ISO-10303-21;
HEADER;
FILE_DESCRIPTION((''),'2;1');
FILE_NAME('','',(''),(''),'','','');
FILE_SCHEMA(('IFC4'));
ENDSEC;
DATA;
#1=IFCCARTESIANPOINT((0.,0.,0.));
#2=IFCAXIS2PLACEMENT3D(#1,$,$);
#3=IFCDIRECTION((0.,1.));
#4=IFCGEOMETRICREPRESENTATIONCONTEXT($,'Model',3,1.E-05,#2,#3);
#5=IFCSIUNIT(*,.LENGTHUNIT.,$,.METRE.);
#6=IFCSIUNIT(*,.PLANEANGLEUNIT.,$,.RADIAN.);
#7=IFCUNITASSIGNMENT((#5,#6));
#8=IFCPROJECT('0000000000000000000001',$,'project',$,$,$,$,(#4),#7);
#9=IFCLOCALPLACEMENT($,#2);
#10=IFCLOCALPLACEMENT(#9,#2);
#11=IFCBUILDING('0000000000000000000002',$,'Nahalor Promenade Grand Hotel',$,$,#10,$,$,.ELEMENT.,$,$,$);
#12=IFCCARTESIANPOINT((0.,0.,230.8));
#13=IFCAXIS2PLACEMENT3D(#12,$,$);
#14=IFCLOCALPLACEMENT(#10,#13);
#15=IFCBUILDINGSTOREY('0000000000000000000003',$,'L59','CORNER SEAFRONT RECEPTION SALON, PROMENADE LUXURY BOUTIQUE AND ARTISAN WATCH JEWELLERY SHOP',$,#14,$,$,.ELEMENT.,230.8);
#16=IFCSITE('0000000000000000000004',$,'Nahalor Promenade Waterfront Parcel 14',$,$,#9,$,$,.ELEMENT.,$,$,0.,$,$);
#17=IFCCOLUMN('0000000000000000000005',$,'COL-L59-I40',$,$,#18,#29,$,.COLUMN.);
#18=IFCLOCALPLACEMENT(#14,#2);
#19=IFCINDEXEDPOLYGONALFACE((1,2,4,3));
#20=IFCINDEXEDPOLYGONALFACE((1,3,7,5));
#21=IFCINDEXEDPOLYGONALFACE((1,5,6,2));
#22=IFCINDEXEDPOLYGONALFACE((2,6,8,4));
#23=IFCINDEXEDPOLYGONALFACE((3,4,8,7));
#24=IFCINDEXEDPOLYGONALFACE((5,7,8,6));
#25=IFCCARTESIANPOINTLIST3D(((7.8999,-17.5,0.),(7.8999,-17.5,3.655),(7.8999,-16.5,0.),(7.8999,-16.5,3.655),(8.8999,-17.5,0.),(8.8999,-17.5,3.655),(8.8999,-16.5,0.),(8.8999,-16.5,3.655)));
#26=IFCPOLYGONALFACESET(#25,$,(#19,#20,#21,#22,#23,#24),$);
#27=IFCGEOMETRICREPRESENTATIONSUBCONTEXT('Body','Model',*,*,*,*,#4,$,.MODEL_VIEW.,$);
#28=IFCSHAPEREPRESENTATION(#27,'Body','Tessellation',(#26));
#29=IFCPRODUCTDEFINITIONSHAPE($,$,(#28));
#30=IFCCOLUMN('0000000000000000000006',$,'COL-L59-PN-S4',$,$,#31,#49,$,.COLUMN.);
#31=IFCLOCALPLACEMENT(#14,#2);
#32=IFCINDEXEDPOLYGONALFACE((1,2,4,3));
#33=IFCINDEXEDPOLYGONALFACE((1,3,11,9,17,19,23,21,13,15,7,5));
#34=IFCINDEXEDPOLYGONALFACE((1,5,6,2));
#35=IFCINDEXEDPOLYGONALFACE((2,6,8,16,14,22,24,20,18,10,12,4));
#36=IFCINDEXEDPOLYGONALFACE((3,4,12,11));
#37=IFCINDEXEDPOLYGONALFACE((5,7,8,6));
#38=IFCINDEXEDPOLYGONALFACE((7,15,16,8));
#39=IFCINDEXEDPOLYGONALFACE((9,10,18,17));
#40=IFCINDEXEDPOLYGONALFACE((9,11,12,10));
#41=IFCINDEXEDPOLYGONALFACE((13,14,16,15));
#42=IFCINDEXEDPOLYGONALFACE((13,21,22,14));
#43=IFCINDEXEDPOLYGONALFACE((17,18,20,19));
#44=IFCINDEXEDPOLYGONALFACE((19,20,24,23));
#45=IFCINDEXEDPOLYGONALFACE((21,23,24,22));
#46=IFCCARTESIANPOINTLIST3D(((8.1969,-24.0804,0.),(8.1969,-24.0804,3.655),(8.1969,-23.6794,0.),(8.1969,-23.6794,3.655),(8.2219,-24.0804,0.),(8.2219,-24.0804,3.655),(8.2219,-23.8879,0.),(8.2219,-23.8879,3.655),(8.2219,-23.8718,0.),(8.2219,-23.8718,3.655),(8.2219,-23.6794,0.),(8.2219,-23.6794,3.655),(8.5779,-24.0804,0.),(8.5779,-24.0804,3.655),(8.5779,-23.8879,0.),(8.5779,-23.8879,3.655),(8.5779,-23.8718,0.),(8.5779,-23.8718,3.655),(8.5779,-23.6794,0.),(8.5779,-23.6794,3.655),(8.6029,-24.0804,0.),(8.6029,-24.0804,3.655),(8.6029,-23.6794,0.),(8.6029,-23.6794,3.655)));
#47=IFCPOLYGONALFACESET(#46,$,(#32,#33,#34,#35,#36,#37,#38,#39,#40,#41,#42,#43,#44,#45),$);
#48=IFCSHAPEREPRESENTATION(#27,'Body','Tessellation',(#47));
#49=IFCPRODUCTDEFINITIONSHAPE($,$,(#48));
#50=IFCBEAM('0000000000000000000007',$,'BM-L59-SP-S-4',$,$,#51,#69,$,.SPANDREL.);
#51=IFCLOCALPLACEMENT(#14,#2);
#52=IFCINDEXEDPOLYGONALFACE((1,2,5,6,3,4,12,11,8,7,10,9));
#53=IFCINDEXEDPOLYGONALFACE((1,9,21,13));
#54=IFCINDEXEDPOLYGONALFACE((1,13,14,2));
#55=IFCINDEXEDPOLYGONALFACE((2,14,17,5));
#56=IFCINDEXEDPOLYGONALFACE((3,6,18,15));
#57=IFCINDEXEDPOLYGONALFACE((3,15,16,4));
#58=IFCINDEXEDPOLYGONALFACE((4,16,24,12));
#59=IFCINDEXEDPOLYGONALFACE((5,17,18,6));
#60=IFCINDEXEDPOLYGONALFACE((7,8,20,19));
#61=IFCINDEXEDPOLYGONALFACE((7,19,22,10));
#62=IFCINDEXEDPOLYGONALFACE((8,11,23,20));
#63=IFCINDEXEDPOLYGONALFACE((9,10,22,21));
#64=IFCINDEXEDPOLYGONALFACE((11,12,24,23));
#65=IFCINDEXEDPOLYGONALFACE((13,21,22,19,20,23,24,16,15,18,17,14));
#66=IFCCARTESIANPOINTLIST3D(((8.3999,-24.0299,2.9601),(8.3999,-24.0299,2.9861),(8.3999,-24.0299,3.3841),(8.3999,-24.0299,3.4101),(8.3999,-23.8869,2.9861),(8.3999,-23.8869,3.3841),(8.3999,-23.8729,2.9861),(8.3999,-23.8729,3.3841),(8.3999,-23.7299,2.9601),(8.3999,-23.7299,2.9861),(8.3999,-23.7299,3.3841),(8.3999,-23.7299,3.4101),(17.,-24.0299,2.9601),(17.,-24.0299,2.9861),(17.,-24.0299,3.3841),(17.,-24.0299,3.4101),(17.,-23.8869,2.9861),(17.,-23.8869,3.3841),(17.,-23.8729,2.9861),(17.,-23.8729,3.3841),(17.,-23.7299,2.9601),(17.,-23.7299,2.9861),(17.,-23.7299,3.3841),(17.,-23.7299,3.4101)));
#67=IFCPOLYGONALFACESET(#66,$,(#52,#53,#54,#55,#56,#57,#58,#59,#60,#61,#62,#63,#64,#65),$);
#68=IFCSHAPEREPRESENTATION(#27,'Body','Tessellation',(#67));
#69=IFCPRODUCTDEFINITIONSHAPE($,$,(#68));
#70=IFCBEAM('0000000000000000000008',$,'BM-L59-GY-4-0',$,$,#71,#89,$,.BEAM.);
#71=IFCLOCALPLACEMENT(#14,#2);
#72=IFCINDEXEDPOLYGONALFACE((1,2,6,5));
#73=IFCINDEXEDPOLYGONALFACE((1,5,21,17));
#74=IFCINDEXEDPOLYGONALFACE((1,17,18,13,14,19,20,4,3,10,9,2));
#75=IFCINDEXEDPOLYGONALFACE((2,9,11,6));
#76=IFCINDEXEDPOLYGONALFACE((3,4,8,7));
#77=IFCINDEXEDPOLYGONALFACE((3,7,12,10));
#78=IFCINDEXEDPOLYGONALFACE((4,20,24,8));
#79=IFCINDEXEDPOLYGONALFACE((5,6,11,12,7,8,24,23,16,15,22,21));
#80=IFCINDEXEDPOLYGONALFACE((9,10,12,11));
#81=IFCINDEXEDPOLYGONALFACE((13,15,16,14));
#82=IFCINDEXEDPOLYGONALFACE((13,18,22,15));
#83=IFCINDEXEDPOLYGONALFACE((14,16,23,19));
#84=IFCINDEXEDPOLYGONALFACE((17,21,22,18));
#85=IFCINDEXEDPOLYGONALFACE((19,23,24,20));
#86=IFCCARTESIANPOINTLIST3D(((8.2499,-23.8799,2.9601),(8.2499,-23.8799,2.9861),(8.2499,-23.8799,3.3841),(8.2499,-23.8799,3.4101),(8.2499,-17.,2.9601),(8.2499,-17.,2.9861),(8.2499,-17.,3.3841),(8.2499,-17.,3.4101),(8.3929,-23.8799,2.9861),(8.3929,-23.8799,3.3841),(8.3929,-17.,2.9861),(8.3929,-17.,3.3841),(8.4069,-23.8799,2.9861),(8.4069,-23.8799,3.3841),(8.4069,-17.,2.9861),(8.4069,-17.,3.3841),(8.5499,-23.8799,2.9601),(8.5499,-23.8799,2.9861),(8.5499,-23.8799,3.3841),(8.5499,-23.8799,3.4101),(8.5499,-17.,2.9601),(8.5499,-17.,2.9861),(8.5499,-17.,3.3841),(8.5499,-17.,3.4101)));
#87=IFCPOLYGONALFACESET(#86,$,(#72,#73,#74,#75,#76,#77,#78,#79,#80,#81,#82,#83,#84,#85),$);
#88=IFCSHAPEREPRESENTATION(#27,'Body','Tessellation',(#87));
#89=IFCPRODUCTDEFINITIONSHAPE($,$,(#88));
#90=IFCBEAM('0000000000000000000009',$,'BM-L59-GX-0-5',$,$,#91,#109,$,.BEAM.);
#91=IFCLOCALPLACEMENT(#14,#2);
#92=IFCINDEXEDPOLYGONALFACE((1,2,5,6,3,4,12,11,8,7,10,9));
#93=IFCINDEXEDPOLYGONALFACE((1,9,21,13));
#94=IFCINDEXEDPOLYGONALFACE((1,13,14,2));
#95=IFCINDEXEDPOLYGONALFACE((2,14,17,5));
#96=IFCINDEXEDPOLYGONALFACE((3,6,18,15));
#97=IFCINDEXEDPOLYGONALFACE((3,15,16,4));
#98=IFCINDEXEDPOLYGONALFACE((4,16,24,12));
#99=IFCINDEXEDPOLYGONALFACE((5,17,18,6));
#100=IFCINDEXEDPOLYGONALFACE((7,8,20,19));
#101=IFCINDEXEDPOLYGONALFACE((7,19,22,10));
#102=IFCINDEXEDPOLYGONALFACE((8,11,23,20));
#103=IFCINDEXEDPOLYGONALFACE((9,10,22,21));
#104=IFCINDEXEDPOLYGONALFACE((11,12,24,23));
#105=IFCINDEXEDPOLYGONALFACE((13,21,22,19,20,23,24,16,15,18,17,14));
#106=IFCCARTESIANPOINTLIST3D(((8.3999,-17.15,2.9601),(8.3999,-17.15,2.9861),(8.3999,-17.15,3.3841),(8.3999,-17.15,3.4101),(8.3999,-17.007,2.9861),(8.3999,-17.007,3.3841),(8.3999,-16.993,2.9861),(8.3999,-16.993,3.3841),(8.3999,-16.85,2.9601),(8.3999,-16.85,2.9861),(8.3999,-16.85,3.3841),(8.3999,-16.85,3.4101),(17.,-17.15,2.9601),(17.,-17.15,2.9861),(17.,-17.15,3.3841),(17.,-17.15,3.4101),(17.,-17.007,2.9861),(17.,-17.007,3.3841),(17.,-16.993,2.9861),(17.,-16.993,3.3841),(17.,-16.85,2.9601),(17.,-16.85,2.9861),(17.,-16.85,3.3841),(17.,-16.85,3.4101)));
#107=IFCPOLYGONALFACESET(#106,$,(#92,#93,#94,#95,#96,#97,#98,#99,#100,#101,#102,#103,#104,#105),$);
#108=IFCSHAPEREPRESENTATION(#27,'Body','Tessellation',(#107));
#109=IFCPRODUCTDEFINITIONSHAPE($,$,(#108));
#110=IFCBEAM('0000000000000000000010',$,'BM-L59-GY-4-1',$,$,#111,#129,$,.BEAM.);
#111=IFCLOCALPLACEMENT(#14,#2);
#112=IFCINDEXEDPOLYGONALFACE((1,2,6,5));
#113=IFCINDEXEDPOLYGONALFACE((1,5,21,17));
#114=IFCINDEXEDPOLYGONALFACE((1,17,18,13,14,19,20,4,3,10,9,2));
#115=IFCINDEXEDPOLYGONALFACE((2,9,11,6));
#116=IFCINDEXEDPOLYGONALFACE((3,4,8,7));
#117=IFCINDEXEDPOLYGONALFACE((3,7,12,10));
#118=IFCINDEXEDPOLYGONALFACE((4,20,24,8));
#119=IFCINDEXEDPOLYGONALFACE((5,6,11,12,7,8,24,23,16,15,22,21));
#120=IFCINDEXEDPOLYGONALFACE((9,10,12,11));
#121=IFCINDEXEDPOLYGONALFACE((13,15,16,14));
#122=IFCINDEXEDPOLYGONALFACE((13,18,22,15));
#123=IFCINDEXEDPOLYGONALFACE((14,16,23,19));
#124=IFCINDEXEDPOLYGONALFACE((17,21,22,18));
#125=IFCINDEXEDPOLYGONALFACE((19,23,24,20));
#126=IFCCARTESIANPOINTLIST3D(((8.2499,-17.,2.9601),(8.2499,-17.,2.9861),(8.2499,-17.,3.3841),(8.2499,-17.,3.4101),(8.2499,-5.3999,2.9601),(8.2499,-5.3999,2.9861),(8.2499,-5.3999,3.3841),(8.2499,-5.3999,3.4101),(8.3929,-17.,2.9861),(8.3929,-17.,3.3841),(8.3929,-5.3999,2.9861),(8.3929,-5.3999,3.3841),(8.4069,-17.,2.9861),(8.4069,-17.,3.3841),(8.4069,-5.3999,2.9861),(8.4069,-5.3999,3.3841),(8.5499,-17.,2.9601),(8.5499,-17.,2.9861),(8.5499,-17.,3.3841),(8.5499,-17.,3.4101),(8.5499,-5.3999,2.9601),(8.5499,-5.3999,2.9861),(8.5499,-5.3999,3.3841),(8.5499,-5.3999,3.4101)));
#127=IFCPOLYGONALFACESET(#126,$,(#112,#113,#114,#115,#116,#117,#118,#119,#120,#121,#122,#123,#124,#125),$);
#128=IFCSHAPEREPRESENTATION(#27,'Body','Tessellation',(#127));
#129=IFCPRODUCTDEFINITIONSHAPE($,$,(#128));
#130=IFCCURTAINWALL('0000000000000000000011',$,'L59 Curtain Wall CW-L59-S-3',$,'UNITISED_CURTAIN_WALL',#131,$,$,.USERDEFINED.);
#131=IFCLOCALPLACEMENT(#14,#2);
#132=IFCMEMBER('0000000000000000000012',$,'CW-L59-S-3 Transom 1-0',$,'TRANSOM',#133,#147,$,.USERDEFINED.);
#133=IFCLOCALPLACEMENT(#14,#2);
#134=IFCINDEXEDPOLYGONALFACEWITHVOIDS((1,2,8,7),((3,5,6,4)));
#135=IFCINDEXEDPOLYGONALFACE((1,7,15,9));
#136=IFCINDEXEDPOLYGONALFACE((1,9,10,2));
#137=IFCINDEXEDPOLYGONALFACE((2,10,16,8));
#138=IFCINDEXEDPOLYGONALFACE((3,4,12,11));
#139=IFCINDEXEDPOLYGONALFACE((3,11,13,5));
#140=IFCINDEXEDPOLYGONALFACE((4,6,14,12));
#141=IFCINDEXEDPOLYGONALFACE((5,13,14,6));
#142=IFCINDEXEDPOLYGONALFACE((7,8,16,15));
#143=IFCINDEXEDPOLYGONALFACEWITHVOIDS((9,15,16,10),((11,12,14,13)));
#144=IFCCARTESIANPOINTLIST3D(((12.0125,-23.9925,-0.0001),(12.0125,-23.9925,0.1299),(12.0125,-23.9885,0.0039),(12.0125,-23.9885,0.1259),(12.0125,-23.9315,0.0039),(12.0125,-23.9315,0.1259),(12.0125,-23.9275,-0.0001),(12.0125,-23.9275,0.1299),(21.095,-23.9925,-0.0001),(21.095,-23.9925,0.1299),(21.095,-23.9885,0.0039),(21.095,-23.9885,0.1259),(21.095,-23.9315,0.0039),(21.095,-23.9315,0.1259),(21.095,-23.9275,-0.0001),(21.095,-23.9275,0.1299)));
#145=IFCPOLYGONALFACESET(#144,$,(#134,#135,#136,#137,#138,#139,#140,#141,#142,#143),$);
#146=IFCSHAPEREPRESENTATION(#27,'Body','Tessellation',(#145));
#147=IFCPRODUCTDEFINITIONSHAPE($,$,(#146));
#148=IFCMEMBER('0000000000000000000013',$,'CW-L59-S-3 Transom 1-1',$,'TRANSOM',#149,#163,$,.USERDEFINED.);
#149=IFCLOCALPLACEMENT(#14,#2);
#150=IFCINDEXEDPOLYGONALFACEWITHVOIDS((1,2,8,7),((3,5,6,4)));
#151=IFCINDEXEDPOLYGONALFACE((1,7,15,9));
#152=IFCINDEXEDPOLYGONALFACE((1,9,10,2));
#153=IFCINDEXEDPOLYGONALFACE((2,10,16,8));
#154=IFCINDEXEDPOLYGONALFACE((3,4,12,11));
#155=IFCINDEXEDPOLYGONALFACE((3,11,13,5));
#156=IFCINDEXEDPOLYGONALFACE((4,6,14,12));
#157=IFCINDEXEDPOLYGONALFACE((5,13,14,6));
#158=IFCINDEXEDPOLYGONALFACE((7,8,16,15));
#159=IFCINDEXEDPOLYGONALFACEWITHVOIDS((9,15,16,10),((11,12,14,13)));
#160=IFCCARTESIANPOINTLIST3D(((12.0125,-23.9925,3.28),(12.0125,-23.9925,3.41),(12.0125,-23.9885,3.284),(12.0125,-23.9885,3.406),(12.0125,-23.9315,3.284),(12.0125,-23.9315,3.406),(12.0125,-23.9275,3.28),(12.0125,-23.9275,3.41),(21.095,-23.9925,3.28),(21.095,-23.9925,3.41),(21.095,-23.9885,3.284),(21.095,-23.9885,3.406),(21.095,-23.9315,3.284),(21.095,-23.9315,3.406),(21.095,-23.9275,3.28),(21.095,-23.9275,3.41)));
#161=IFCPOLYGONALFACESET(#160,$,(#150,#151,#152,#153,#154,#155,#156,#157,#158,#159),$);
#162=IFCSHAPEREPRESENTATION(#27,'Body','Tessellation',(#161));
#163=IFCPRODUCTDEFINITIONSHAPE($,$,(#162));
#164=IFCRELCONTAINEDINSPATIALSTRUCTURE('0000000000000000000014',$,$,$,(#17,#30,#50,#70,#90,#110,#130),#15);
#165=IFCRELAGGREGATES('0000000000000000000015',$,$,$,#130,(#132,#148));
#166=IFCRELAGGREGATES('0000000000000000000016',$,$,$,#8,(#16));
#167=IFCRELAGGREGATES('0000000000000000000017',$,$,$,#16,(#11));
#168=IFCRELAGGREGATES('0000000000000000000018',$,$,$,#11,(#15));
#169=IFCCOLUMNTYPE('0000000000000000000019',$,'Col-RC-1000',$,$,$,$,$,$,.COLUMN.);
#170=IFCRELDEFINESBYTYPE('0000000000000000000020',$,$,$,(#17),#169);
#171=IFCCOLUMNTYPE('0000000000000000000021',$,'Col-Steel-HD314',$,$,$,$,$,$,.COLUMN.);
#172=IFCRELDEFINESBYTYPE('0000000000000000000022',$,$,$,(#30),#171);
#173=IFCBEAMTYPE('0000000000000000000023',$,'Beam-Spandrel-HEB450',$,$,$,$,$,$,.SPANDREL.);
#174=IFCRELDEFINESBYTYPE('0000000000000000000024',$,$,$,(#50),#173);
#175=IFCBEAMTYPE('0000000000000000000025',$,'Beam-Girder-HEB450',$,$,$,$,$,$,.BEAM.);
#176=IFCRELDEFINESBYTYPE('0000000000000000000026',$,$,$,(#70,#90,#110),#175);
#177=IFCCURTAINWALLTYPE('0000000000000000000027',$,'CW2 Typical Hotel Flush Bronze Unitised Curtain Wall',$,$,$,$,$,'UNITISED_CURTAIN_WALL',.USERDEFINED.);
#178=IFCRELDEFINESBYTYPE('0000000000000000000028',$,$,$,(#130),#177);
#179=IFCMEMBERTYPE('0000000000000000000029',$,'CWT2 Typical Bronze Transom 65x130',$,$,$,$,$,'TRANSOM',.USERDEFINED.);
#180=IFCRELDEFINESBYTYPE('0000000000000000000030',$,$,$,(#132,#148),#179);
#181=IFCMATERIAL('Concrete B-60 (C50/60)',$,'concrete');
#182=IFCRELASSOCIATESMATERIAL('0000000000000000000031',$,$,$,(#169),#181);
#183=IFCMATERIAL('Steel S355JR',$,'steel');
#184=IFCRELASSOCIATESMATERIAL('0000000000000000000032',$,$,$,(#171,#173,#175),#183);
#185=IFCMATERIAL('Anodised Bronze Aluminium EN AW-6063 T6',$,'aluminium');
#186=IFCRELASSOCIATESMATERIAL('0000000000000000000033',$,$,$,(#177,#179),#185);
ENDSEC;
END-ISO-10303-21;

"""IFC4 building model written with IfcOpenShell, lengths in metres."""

from ifc_helpers import new_model, si_unit, direction, frame, origin, origin_2d, place, context, subcontext, project, spatial, rectangle, hollow_rectangle, i_section, extrude, source, transform, mapped, material, material_profile, profile_set, type_object, element, aggregate, save


model = new_model("IFC4")

# Units and contexts
model_context = context("Model", 3, precision=1e-05, world=origin(), true_north=direction((0.0, 1.0)))
body_context = subcontext(model_context, "Body", "Model", "MODEL_VIEW")
ifc_project = project(units=[si_unit("LENGTHUNIT", "METRE"), si_unit("PLANEANGLEUNIT", "RADIAN")], contexts=[model_context])

# Site, building, storey
site_placement = place(None, origin())
site = spatial("IfcSite", under=ifc_project, at=site_placement, Name="Nahalor Promenade Waterfront Parcel 14", CompositionType="ELEMENT", RefElevation=0.0)
building_placement = place(site_placement, origin())
building = spatial("IfcBuilding", under=site, at=building_placement, Name="Nahalor Promenade Grand Hotel", CompositionType="ELEMENT")
storey_placement = place(building_placement, frame((0.0, 0.0, 230.8)))
storey = spatial("IfcBuildingStorey", under=building, at=storey_placement, Name="L59", Description="CORNER SEAFRONT RECEPTION SALON, PROMENADE LUXURY BOUTIQUE AND ARTISAN WATCH JEWELLERY SHOP", CompositionType="ELEMENT", Elevation=230.8)

# Columns
ifc_material_1 = material(Name="Concrete B-60 (C50/60)", Category="concrete")
ifc_material_profile_1 = material_profile(ifc_material_1, rectangle(XDim=1.0, YDim=1.0, at=origin_2d()), Name="RC 1000x1000")
ifc_profile_set_1 = profile_set([ifc_material_profile_1], Name="Concrete B-60 (C50/60)")
column_type_1 = type_object("IfcColumnType", Name="Col-RC-1000", PredefinedType="COLUMN", material=ifc_profile_set_1)
shared_shape_1 = source(origin(), body_context, "Body", "SweptSolid", [
    extrude(rectangle(XDim=1.0, YDim=1.0, at=origin_2d()), origin(), (0.0, 0.0, 1.0), 3.655),
])
column_1_placement = place(storey_placement, frame((8.3999, -17.0, 0.0), z_axis=(0.0, 0.0, 1.0), x_axis=(1.0, 0.0, 0.0)))
element("IfcColumn", 1, at=column_1_placement, inside=storey, type_object=column_type_1, Name="COL-L59-I40", PredefinedType="COLUMN", context=body_context, shape_type="MappedRepresentation", body=[
    mapped(shared_shape_1, transform((0.0, 0.0, 0.0), scale=1.0)),
])
ifc_material_2 = material(Name="Steel S355JR", Category="steel")
ifc_material_profile_2 = material_profile(ifc_material_2, i_section(OverallWidth=0.401, OverallDepth=0.406, WebThickness=0.0161, FlangeThickness=0.025, at=origin_2d()), Name="HD 400x314")
ifc_profile_set_2 = profile_set([ifc_material_profile_2], Name="Steel S355JR")
column_type_2 = type_object("IfcColumnType", Name="Col-Steel-HD314", PredefinedType="COLUMN", material=ifc_profile_set_2)
shared_shape_2 = source(origin(), body_context, "Body", "SweptSolid", [
    extrude(i_section(OverallWidth=0.401, OverallDepth=0.406, WebThickness=0.0161, FlangeThickness=0.025, at=origin_2d()), origin(), (0.0, 0.0, 1.0), 3.655),
])
column_2_placement = place(storey_placement, frame((8.3999, -23.8799, 0.0), z_axis=(0.0, 0.0, 1.0), x_axis=(0.0, 1.0, 0.0)))
element("IfcColumn", 2, at=column_2_placement, inside=storey, type_object=column_type_2, Name="COL-L59-PN-S4", PredefinedType="COLUMN", context=body_context, shape_type="MappedRepresentation", body=[
    mapped(shared_shape_2, transform((0.0, 0.0, 0.0), scale=1.0)),
])

# Beams
ifc_material_profile_3 = material_profile(ifc_material_2, i_section(OverallWidth=0.3, OverallDepth=0.45, WebThickness=0.014, FlangeThickness=0.026, at=origin_2d()), Name="HEB 450")
ifc_profile_set_3 = profile_set([ifc_material_profile_3], Name="Steel S355JR")
beam_type_1 = type_object("IfcBeamType", Name="Beam-Spandrel-HEB450", PredefinedType="SPANDREL", material=ifc_profile_set_3)
shared_shape_3 = source(origin(), body_context, "Body", "SweptSolid", [
    extrude(i_section(OverallWidth=0.3, OverallDepth=0.45, WebThickness=0.014, FlangeThickness=0.026, at=origin_2d()), origin(), (0.0, 0.0, 1.0), 8.6001),
])
beam_1_placement = place(storey_placement, frame((8.3999, -23.8799, 3.1851), z_axis=(1.0, 0.0, 0.0), x_axis=(0.0, 1.0, 0.0)))
element("IfcBeam", 3, at=beam_1_placement, inside=storey, type_object=beam_type_1, Name="BM-L59-SP-S-4", PredefinedType="SPANDREL", context=body_context, shape_type="MappedRepresentation", body=[
    mapped(shared_shape_3, transform((0.0, 0.0, 0.0), scale=1.0)),
])
ifc_material_profile_4 = material_profile(ifc_material_2, i_section(OverallWidth=0.3, OverallDepth=0.45, WebThickness=0.014, FlangeThickness=0.026, at=origin_2d()), Name="HEB 450")
ifc_profile_set_4 = profile_set([ifc_material_profile_4], Name="Steel S355JR")
beam_type_2 = type_object("IfcBeamType", Name="Beam-Girder-HEB450", PredefinedType="BEAM", material=ifc_profile_set_4)
shared_shape_4 = source(origin(), body_context, "Body", "SweptSolid", [
    extrude(i_section(OverallWidth=0.3, OverallDepth=0.45, WebThickness=0.014, FlangeThickness=0.026, at=origin_2d()), origin(), (0.0, 0.0, 1.0), 6.8799),
])
beam_2_placement = place(storey_placement, frame((8.3999, -23.8799, 3.1851), z_axis=(0.0, 1.0, 0.0), x_axis=(-1.0, 0.0, 0.0)))
element("IfcBeam", 4, at=beam_2_placement, inside=storey, type_object=beam_type_2, Name="BM-L59-GY-4-0", PredefinedType="BEAM", context=body_context, shape_type="MappedRepresentation", body=[
    mapped(shared_shape_4, transform((0.0, 0.0, 0.0), scale=1.0)),
])
shared_shape_5 = source(origin(), body_context, "Body", "SweptSolid", [
    extrude(i_section(OverallWidth=0.3, OverallDepth=0.45, WebThickness=0.014, FlangeThickness=0.026, at=origin_2d()), origin(), (0.0, 0.0, 1.0), 8.6001),
])
beam_3_placement = place(storey_placement, frame((8.3999, -17.0, 3.1851), z_axis=(1.0, 0.0, 0.0), x_axis=(0.0, 1.0, 0.0)))
element("IfcBeam", 5, at=beam_3_placement, inside=storey, type_object=beam_type_2, Name="BM-L59-GX-0-5", PredefinedType="BEAM", context=body_context, shape_type="MappedRepresentation", body=[
    mapped(shared_shape_5, transform((0.0, 0.0, 0.0), scale=1.0)),
])
shared_shape_6 = source(origin(), body_context, "Body", "SweptSolid", [
    extrude(i_section(OverallWidth=0.3, OverallDepth=0.45, WebThickness=0.014, FlangeThickness=0.026, at=origin_2d()), origin(), (0.0, 0.0, 1.0), 11.6001),
])
beam_4_placement = place(storey_placement, frame((8.3999, -17.0, 3.1851), z_axis=(0.0, 1.0, 0.0), x_axis=(-1.0, 0.0, 0.0)))
element("IfcBeam", 6, at=beam_4_placement, inside=storey, type_object=beam_type_2, Name="BM-L59-GY-4-1", PredefinedType="BEAM", context=body_context, shape_type="MappedRepresentation", body=[
    mapped(shared_shape_6, transform((0.0, 0.0, 0.0), scale=1.0)),
])

# Curtain wall, members
ifc_material_3 = material(Name="Anodised Bronze Aluminium EN AW-6063 T6", Category="aluminium")
curtain_wall_type = type_object("IfcCurtainWallType", Name="CW2 Typical Hotel Flush Bronze Unitised Curtain Wall", ElementType="UNITISED_CURTAIN_WALL", PredefinedType="USERDEFINED", material=ifc_material_3)
curtain_wall_placement = place(storey_placement, origin())
curtain_wall = element("IfcCurtainWall", 7, at=curtain_wall_placement, inside=storey, type_object=curtain_wall_type, Name="L59 Curtain Wall CW-L59-S-3", ObjectType="UNITISED_CURTAIN_WALL", PredefinedType="USERDEFINED")
ifc_material_profile_5 = material_profile(ifc_material_3, hollow_rectangle(XDim=0.065, YDim=0.13, WallThickness=0.004, at=origin_2d()), Name="CWT 65x130x4")
ifc_profile_set_5 = profile_set([ifc_material_profile_5], Name="Anodised Bronze Aluminium EN AW-6063 T6")
member_type_1 = type_object("IfcMemberType", Name="CWT2 Typical Bronze Transom 65x130", ElementType="TRANSOM", PredefinedType="USERDEFINED", material=ifc_profile_set_5)
shared_shape_7 = source(origin(), body_context, "Body", "SweptSolid", [
    extrude(hollow_rectangle(XDim=0.065, YDim=0.13, WallThickness=0.004, at=origin_2d()), origin(), (0.0, 0.0, 1.0), 9.0825),
])
member_1_placement = place(storey_placement, frame((12.0125, -23.96, 0.0649), z_axis=(1.0, 0.0, 0.0), x_axis=(0.0, 1.0, 0.0)))
member_1 = element("IfcMember", 8, at=member_1_placement, type_object=member_type_1, Name="CW-L59-S-3 Transom 1-0", ObjectType="TRANSOM", PredefinedType="USERDEFINED", context=body_context, shape_type="MappedRepresentation", body=[
    mapped(shared_shape_7, transform((0.0, 0.0, 0.0), scale=1.0)),
])
member_2_placement = place(storey_placement, frame((12.0125, -23.96, 3.345), z_axis=(1.0, 0.0, 0.0), x_axis=(0.0, 1.0, 0.0)))
member_2 = element("IfcMember", 9, at=member_2_placement, type_object=member_type_1, Name="CW-L59-S-3 Transom 1-1", ObjectType="TRANSOM", PredefinedType="USERDEFINED", context=body_context, shape_type="MappedRepresentation", body=[
    mapped(shared_shape_7, transform((0.0, 0.0, 0.0), scale=1.0)),
])
aggregate(curtain_wall, [member_1, member_2])

save(model, "model.ifc")
